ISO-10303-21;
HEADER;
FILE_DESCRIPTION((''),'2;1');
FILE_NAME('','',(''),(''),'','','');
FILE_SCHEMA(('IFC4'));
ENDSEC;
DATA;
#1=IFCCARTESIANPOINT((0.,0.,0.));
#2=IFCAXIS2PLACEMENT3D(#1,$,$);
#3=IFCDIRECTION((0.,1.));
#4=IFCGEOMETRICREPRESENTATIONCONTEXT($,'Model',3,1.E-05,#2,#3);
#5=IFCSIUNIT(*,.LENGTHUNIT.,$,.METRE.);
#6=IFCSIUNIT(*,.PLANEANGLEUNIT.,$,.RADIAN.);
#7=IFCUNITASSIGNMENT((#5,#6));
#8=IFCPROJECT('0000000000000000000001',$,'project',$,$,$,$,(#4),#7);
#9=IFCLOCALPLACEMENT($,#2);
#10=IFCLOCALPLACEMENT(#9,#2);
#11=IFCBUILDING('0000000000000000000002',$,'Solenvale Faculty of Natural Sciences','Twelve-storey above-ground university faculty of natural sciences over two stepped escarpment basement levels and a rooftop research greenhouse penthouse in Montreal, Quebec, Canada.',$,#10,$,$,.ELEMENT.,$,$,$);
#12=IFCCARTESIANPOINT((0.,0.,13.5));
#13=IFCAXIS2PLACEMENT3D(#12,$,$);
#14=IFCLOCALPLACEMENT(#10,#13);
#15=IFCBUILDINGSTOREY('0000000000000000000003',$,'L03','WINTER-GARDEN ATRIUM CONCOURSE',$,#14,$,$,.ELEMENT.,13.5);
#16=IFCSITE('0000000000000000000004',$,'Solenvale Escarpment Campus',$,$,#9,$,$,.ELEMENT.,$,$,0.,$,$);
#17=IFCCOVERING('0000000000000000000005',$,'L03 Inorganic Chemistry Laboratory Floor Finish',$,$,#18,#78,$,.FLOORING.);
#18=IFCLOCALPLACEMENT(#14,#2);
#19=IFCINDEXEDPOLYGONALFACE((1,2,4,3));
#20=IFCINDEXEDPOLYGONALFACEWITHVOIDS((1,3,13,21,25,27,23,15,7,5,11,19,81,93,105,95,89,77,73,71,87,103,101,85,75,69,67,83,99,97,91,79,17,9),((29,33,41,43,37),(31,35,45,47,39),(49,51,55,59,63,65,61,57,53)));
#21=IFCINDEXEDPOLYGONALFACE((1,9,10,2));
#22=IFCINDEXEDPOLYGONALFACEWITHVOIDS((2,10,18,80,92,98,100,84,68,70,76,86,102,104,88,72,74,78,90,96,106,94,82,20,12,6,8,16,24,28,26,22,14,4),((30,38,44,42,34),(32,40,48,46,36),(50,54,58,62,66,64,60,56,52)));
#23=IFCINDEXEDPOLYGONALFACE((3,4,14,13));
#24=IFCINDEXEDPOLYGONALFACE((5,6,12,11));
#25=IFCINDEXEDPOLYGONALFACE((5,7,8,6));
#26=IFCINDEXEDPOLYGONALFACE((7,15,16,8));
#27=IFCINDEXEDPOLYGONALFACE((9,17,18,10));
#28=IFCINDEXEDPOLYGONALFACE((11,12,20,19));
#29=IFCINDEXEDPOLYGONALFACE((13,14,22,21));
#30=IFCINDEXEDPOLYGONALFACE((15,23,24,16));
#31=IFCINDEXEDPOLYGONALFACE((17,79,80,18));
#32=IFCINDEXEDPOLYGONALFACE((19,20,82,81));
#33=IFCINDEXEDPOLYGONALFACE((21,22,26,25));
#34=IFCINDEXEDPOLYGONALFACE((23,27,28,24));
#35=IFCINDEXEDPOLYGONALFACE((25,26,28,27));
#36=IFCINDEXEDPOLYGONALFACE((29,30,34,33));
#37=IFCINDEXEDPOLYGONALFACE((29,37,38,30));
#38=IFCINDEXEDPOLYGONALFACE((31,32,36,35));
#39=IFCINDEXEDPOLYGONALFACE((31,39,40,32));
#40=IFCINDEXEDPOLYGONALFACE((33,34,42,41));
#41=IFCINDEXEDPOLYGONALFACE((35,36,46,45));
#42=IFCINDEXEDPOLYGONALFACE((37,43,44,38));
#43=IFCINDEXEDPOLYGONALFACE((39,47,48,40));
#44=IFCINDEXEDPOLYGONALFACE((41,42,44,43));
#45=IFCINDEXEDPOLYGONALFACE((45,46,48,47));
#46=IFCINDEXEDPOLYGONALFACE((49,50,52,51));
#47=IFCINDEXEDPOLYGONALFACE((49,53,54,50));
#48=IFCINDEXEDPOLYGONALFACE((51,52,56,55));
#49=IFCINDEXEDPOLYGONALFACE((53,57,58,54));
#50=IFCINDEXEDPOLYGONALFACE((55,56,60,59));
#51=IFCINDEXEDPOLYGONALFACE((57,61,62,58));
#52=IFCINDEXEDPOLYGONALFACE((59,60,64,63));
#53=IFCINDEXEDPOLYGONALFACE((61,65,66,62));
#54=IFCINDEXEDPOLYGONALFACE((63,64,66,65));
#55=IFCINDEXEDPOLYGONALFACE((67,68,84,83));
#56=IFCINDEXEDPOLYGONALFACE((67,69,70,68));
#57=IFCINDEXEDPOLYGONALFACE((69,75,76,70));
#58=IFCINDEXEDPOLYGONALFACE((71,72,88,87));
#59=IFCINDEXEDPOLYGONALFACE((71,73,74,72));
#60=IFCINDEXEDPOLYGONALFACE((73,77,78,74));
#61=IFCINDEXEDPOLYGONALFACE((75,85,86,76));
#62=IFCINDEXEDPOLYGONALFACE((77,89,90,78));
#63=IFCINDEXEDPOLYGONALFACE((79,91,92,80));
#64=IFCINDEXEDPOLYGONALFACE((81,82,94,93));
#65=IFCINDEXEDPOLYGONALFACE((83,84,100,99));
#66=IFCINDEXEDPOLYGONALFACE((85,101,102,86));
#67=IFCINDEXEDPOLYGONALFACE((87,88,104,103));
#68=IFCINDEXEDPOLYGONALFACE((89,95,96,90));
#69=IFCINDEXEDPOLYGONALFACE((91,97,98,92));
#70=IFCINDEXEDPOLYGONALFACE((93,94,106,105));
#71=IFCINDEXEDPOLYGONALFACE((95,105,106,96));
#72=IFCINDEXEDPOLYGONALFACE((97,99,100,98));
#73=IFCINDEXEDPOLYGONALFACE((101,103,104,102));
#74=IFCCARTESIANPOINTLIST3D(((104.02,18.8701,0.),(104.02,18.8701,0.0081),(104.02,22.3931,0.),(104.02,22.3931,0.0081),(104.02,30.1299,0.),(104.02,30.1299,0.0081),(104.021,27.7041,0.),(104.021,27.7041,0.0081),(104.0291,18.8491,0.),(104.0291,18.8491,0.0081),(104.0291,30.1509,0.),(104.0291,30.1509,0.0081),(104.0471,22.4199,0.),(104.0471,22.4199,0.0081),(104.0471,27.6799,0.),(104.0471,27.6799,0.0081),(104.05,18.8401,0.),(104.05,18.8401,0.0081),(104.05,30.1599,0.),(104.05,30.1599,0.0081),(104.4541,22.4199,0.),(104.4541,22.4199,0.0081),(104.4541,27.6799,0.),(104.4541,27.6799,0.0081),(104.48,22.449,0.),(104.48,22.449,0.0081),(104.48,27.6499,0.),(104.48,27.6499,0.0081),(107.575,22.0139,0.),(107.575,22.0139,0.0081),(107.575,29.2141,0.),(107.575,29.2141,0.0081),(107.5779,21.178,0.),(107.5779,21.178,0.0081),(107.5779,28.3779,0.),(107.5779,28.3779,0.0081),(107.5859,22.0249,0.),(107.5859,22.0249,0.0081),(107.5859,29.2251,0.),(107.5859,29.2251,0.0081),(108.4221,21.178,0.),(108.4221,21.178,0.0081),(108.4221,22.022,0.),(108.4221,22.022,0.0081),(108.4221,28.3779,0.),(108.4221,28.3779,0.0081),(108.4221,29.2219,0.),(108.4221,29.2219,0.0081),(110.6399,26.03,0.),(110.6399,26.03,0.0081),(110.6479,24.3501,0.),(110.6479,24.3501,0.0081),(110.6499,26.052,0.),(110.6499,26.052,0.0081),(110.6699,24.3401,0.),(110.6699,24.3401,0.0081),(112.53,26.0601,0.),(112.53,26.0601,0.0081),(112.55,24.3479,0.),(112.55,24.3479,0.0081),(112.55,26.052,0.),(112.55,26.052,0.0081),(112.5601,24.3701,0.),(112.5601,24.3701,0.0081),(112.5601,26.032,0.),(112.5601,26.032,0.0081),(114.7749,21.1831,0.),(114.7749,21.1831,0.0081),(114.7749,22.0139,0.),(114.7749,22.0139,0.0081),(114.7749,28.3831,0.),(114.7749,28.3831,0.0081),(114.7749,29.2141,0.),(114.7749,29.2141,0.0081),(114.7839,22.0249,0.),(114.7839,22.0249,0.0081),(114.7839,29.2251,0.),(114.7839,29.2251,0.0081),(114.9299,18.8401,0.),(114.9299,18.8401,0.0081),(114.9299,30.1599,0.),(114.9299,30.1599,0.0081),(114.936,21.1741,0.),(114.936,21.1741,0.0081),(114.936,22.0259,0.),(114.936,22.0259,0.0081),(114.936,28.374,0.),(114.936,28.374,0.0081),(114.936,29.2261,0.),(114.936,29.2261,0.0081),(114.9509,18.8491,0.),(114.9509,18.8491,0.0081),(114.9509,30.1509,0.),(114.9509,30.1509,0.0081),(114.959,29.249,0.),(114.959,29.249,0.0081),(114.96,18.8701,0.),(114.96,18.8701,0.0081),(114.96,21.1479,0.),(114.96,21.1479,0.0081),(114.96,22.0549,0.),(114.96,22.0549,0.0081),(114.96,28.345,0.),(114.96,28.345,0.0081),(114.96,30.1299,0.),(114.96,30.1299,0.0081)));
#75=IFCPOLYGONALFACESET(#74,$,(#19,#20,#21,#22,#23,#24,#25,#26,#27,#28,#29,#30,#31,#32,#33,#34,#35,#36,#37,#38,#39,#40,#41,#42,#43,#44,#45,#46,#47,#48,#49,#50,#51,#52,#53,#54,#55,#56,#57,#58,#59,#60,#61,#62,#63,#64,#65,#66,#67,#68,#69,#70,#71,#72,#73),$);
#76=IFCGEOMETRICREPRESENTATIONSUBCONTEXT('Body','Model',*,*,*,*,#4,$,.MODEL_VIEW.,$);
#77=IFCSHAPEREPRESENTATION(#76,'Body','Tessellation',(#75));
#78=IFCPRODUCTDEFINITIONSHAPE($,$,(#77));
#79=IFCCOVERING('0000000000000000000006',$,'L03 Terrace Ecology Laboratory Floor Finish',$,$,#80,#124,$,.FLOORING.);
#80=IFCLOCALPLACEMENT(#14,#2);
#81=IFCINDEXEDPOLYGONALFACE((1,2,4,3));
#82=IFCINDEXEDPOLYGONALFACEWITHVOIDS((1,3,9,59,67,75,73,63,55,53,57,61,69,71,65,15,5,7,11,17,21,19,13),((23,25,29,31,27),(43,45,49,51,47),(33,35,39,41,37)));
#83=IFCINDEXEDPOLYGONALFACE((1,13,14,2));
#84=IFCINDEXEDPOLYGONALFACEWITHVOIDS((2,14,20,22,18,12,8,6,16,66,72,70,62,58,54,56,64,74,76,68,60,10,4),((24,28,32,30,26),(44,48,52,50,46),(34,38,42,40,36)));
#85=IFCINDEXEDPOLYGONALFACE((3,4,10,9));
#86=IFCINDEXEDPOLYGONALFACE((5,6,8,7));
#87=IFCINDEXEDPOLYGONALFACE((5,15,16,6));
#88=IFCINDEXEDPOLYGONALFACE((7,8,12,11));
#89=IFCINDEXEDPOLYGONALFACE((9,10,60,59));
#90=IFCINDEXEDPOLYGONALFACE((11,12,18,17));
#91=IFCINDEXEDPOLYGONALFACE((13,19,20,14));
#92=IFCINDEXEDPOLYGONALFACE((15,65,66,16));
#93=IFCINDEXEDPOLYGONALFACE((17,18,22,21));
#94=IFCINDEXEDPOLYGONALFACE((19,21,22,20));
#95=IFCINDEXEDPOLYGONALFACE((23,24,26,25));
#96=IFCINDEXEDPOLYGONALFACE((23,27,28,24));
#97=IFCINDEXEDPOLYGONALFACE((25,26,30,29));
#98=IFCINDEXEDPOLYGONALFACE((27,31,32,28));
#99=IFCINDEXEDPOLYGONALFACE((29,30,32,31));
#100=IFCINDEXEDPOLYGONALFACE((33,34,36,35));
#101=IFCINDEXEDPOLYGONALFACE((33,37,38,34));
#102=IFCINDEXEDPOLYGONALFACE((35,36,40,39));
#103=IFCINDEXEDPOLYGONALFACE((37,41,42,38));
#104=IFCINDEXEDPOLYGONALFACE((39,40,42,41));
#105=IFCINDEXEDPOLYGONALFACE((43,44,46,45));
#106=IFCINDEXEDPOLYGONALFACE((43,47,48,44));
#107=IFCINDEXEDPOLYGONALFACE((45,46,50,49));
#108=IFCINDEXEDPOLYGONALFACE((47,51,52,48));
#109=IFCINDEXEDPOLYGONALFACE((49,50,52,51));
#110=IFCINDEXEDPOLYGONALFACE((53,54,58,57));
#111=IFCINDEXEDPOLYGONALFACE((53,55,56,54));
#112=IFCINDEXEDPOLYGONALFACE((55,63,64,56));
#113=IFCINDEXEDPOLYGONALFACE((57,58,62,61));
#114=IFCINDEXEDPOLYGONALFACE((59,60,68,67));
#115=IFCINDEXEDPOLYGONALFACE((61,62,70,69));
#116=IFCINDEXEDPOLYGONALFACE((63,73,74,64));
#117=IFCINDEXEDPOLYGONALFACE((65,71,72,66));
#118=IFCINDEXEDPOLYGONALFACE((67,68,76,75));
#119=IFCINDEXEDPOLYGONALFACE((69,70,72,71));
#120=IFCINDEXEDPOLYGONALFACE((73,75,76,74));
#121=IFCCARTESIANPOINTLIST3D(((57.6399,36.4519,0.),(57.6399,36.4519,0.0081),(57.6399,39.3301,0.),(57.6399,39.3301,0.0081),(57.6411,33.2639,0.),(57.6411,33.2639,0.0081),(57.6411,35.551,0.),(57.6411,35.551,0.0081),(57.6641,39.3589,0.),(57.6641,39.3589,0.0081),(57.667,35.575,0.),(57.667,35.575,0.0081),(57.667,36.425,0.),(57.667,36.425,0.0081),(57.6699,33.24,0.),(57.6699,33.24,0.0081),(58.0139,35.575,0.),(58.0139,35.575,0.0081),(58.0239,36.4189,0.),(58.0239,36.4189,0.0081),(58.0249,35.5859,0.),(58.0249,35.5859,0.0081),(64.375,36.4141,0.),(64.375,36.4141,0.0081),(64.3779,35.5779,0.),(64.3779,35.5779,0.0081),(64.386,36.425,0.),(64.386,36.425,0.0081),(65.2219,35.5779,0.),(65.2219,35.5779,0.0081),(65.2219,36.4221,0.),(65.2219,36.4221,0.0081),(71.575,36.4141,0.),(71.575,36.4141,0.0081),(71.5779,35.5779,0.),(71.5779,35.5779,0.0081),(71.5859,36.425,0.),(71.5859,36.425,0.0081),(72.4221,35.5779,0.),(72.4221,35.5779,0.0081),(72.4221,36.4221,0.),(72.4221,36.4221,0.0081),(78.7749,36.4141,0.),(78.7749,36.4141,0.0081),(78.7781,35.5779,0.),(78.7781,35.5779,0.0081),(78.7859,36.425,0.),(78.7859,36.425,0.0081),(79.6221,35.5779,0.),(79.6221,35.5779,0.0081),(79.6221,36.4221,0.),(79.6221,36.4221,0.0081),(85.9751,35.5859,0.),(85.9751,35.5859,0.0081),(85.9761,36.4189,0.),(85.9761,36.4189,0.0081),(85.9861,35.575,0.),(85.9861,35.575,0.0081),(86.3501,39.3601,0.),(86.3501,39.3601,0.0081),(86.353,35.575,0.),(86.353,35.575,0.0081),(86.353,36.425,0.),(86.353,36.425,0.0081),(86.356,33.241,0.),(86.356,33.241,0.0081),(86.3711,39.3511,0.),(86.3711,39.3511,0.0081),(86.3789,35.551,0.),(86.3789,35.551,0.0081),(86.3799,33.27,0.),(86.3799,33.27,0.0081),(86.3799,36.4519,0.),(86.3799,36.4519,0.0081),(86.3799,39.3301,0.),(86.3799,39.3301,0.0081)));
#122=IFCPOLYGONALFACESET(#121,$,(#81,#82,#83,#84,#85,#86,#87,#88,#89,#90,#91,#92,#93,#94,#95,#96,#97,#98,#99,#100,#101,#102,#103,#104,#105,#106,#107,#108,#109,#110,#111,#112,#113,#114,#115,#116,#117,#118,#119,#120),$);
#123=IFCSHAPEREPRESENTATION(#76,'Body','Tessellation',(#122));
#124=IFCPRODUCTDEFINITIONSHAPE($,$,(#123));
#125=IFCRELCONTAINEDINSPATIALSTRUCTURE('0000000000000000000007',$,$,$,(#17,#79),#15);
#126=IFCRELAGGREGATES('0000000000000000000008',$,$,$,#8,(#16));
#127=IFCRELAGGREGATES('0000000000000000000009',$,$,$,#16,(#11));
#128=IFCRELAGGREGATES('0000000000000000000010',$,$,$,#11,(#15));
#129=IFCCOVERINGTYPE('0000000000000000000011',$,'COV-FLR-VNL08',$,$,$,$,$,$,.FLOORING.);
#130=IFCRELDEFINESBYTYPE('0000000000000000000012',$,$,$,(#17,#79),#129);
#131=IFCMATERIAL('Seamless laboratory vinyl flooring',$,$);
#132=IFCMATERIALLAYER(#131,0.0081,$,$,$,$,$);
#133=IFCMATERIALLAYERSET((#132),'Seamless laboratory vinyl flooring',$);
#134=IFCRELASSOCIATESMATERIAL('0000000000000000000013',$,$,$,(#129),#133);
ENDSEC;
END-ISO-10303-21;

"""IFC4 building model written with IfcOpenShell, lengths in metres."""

from ifc_helpers import new_model, si_unit, direction, frame, origin, place, context, subcontext, project, spatial, polyline, outline, extrude, material, layer, layer_set, type_object, element, save


model = new_model("IFC4")

# Units and contexts
model_context = context("Model", 3, precision=1e-05, world=origin(), true_north=direction((0.0, 1.0)))
body_context = subcontext(model_context, "Body", "Model", "MODEL_VIEW")
ifc_project = project(units=[si_unit("LENGTHUNIT", "METRE"), si_unit("PLANEANGLEUNIT", "RADIAN")], contexts=[model_context])

# Site, building, storey
site_placement = place(None, origin())
site = spatial("IfcSite", under=ifc_project, at=site_placement, Name="Solenvale Escarpment Campus", CompositionType="ELEMENT", RefElevation=0.0)
building_placement = place(site_placement, origin())
building = spatial("IfcBuilding", under=site, at=building_placement, Name="Solenvale Faculty of Natural Sciences", Description="Twelve-storey above-ground university faculty of natural sciences over two stepped escarpment basement levels and a rooftop research greenhouse penthouse in Montreal, Quebec, Canada.", CompositionType="ELEMENT")
storey_placement = place(building_placement, frame((0.0, 0.0, 13.5)))
storey = spatial("IfcBuildingStorey", under=building, at=storey_placement, Name="L03", Description="WINTER-GARDEN ATRIUM CONCOURSE", CompositionType="ELEMENT", Elevation=13.5)

# Coverings
ifc_material_1 = material(Name="Seamless laboratory vinyl flooring")
ifc_layer_1 = layer(ifc_material_1, 0.0081)
ifc_layer_set_1 = layer_set([ifc_layer_1], Name="Seamless laboratory vinyl flooring")
covering_type_1 = type_object("IfcCoveringType", Name="COV-FLR-VNL08", PredefinedType="FLOORING", material=ifc_layer_set_1)
covering_1_placement = place(storey_placement, origin())
element("IfcCovering", 1, at=covering_1_placement, inside=storey, type_object=covering_type_1, Name="L03 Inorganic Chemistry Laboratory Floor Finish", PredefinedType="FLOORING", context=body_context, shape_type="SweptSolid", body=[
    extrude(outline(polyline([(104.05, 18.8401), (104.0291, 18.8491), (104.02, 18.8701), (104.02, 22.3931), (104.0471, 22.4199), (104.4541, 22.4199), (104.48, 22.449), (104.48, 27.6499), (104.4541, 27.6799), (104.0471, 27.6799), (104.021, 27.7041), (104.02, 30.1299), (104.0291, 30.1509), (104.05, 30.1599), (114.9299, 30.1599), (114.9509, 30.1509), (114.96, 30.1299), (114.959, 29.249), (114.936, 29.2261), (114.7839, 29.2251), (114.7749, 29.2141), (114.7749, 28.3831), (114.936, 28.374), (114.96, 28.345), (114.96, 22.0549), (114.936, 22.0259), (114.7839, 22.0249), (114.7749, 22.0139), (114.7749, 21.1831), (114.936, 21.1741), (114.96, 21.1479), (114.96, 18.8701), (114.9509, 18.8491), (114.9299, 18.8401), (104.05, 18.8401)]), holes=[polyline([(112.5601, 26.032), (112.55, 26.052), (112.53, 26.0601), (110.6499, 26.052), (110.6399, 26.03), (110.6479, 24.3501), (110.6699, 24.3401), (112.55, 24.3479), (112.5601, 24.3701), (112.5601, 26.032)]), polyline([(107.5859, 22.0249), (107.575, 22.0139), (107.5779, 21.178), (108.4221, 21.178), (108.4221, 22.022), (107.5859, 22.0249)]), polyline([(107.5859, 29.2251), (107.575, 29.2141), (107.5779, 28.3779), (108.4221, 28.3779), (108.4221, 29.2219), (107.5859, 29.2251)])]), origin(), (0.0, 0.0, 1.0), 0.0081),
])
covering_2_placement = place(storey_placement, origin())
element("IfcCovering", 2, at=covering_2_placement, inside=storey, type_object=covering_type_1, Name="L03 Terrace Ecology Laboratory Floor Finish", PredefinedType="FLOORING", context=body_context, shape_type="SweptSolid", body=[
    extrude(outline(polyline([(86.3501, 39.3601), (86.3711, 39.3511), (86.3799, 39.3301), (86.3799, 36.4519), (86.353, 36.425), (85.9761, 36.4189), (85.9751, 35.5859), (85.9861, 35.575), (86.353, 35.575), (86.3789, 35.551), (86.3799, 33.27), (86.356, 33.241), (57.6699, 33.24), (57.6411, 33.2639), (57.6411, 35.551), (57.667, 35.575), (58.0139, 35.575), (58.0249, 35.5859), (58.0239, 36.4189), (57.667, 36.425), (57.6399, 36.4519), (57.6399, 39.3301), (57.6641, 39.3589), (86.3501, 39.3601)]), holes=[polyline([(78.7859, 36.425), (78.7749, 36.4141), (78.7781, 35.5779), (79.6221, 35.5779), (79.6221, 36.4221), (78.7859, 36.425)]), polyline([(71.5859, 36.425), (71.575, 36.4141), (71.5779, 35.5779), (72.4221, 35.5779), (72.4221, 36.4221), (71.5859, 36.425)]), polyline([(64.386, 36.425), (64.375, 36.4141), (64.3779, 35.5779), (65.2219, 35.5779), (65.2219, 36.4221), (64.386, 36.425)])]), origin(), (0.0, 0.0, 1.0), 0.0081),
])

save(model, "model.ifc")
